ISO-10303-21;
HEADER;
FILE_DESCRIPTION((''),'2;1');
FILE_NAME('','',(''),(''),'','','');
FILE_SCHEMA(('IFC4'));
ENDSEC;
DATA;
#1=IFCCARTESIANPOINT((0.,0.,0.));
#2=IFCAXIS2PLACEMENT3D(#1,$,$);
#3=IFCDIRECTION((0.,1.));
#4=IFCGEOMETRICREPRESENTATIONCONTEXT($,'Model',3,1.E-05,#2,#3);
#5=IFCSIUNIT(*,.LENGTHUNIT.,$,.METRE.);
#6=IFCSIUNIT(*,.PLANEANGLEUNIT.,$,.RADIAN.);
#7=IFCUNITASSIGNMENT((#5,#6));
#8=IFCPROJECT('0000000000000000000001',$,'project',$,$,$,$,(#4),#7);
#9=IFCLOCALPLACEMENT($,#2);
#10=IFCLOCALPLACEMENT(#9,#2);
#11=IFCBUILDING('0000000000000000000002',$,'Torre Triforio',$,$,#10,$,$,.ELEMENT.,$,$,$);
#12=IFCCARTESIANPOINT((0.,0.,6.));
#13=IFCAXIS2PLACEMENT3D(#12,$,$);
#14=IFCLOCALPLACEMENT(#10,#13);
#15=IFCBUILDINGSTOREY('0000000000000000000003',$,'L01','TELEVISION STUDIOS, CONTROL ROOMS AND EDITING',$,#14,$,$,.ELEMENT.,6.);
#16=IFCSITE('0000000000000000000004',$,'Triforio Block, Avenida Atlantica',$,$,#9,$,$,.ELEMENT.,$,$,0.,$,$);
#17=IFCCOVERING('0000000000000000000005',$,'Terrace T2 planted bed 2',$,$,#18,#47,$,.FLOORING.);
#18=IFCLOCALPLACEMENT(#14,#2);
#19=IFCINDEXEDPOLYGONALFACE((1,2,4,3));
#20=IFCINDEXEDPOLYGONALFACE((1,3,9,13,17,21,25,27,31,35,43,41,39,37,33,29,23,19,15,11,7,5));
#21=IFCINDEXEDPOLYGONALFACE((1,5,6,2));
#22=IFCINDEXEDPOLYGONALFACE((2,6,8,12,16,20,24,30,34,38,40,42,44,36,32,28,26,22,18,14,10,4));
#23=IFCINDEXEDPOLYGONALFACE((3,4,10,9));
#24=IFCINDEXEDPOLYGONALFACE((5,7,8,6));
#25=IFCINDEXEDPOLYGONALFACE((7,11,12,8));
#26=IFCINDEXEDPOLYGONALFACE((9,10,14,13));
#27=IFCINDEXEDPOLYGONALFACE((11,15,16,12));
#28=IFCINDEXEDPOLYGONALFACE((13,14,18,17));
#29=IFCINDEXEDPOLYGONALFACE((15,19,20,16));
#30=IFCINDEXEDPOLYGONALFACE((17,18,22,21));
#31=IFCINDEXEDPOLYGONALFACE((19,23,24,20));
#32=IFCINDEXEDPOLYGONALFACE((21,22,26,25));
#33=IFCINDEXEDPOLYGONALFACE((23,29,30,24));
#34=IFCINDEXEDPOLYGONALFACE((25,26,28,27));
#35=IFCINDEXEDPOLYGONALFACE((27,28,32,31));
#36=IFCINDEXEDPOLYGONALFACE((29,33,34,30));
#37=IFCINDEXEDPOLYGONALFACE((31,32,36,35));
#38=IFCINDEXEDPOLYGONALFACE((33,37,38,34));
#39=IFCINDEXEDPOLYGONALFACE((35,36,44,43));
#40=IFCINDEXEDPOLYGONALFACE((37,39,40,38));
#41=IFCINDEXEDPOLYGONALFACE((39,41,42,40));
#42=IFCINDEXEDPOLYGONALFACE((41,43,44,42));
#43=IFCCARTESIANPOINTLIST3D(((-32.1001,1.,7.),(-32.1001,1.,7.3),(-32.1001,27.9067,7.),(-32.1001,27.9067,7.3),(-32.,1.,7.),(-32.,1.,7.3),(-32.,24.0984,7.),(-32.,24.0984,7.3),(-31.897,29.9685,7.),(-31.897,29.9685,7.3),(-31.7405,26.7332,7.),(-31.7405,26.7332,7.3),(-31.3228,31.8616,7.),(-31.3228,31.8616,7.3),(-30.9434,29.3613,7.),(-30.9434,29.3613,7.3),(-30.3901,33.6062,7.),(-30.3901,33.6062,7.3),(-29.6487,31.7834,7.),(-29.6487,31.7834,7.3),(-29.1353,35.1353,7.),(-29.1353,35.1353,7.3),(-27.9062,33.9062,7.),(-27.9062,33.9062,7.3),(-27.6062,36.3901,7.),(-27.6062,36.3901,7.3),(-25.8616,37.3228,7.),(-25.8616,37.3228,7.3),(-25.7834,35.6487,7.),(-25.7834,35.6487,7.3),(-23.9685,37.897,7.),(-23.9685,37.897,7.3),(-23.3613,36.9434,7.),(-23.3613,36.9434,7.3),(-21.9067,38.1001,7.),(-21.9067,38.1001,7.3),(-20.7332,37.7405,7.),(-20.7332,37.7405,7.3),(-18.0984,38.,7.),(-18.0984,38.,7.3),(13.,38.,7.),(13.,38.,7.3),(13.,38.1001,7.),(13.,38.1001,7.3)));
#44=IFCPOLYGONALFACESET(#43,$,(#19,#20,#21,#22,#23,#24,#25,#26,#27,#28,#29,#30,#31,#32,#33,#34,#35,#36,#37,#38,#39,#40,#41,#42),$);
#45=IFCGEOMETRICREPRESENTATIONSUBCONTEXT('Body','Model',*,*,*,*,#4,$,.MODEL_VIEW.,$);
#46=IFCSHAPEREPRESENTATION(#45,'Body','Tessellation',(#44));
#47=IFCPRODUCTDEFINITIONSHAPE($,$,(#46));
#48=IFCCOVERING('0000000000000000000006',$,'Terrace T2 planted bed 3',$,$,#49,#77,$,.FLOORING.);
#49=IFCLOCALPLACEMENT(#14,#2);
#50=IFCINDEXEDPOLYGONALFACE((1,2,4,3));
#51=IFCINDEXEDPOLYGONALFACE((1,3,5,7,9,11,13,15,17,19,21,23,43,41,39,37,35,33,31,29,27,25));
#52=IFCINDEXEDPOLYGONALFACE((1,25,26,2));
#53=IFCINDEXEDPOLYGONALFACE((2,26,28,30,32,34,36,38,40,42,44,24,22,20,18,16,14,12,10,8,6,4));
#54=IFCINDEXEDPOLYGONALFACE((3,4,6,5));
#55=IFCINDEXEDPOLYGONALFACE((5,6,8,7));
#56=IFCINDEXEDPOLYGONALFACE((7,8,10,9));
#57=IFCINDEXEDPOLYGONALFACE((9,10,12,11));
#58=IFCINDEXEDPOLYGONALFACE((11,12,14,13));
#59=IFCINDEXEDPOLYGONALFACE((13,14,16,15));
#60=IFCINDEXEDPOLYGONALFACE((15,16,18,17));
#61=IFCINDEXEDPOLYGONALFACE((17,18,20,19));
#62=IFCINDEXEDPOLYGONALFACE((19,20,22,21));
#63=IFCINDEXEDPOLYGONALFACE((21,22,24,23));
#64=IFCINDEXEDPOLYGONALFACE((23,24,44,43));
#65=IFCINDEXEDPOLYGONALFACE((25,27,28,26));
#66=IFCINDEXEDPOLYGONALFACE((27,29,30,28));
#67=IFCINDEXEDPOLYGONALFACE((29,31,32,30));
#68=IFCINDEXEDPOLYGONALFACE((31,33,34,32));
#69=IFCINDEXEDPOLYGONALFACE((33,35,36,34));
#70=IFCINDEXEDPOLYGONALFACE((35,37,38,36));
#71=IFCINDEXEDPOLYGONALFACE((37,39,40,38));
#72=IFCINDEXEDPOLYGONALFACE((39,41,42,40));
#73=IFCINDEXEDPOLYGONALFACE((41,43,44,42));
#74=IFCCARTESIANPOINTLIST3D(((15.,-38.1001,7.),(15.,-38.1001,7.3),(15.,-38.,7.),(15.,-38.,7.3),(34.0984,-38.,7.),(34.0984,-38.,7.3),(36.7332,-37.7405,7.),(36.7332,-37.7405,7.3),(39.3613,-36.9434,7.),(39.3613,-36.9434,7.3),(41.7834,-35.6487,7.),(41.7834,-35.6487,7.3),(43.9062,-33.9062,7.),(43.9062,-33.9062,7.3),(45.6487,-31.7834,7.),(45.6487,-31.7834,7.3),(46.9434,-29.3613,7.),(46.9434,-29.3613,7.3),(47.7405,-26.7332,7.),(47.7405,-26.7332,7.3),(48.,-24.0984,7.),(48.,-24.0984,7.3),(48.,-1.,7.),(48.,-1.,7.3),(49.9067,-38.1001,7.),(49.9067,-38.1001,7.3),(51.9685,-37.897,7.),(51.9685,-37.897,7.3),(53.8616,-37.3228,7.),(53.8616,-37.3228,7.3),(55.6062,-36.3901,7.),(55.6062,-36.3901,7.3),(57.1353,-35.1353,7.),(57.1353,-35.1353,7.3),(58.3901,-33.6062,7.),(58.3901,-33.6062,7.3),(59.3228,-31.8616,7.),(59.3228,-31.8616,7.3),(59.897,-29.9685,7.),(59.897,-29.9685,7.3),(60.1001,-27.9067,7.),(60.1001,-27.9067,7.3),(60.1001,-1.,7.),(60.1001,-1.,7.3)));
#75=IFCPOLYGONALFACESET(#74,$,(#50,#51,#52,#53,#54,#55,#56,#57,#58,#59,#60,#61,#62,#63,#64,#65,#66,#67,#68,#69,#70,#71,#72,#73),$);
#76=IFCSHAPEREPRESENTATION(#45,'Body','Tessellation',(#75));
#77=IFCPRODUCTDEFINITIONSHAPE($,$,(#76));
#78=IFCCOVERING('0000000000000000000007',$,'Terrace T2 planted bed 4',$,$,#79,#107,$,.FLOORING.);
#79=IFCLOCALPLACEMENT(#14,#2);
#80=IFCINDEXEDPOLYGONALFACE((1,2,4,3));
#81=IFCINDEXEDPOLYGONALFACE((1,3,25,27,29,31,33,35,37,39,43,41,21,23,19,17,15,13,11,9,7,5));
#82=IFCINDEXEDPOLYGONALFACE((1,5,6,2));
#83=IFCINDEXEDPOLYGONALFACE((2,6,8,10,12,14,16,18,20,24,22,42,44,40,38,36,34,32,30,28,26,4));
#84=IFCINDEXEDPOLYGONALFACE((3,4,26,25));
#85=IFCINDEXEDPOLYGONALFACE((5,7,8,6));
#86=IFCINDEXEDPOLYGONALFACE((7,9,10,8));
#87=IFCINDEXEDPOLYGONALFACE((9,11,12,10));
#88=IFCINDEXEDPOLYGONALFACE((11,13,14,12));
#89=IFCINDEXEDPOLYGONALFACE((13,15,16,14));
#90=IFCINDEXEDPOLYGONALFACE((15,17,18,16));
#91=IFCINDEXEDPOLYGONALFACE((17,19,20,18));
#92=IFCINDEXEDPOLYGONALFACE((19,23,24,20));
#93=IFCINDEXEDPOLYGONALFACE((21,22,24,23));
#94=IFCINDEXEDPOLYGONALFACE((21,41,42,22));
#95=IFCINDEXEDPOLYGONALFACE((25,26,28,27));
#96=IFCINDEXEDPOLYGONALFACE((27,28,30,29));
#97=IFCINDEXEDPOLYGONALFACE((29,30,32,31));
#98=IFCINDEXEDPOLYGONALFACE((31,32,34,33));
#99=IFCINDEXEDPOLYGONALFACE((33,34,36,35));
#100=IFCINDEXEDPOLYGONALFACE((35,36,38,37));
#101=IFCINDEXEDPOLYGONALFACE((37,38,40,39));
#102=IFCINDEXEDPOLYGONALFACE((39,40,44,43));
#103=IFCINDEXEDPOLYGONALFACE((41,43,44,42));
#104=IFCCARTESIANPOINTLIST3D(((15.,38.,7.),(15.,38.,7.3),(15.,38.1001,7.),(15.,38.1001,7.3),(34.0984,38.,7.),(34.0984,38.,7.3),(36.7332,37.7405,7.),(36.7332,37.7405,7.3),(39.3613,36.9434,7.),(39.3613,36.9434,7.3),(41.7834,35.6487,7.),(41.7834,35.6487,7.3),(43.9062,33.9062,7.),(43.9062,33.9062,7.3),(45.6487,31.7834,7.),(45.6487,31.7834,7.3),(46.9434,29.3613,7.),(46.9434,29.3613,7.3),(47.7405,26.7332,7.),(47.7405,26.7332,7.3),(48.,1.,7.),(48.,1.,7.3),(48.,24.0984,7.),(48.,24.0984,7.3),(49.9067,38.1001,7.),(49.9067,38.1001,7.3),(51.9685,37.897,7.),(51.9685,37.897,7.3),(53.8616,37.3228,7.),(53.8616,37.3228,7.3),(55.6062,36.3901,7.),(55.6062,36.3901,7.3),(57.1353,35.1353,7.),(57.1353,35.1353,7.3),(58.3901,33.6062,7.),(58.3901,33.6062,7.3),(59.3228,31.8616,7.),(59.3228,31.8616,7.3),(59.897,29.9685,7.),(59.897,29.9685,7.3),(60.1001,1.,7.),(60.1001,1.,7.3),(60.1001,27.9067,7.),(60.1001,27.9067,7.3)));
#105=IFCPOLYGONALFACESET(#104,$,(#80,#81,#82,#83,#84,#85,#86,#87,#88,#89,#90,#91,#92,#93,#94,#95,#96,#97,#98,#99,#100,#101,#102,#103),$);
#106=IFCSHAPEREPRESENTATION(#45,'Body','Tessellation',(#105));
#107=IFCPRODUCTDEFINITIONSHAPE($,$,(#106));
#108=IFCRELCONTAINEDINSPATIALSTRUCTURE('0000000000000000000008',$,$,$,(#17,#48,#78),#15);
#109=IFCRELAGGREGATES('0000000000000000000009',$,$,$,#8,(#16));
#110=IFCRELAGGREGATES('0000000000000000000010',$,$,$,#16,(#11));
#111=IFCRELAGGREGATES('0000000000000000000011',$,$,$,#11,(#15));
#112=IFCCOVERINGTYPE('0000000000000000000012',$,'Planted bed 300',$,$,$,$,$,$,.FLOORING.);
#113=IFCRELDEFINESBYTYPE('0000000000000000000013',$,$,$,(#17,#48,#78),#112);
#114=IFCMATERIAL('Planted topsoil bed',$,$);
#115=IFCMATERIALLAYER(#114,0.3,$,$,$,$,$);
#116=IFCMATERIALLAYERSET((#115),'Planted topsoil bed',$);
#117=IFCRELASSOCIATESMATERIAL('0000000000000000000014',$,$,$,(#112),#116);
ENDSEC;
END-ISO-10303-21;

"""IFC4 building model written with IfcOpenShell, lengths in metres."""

from ifc_helpers import new_model, si_unit, direction, frame, origin, place, context, subcontext, project, spatial, polyline, outline, extrude, material, layer, layer_set, type_object, element, save


model = new_model("IFC4")

# Units and contexts
model_context = context("Model", 3, precision=1e-05, world=origin(), true_north=direction((0.0, 1.0)))
body_context = subcontext(model_context, "Body", "Model", "MODEL_VIEW")
ifc_project = project(units=[si_unit("LENGTHUNIT", "METRE"), si_unit("PLANEANGLEUNIT", "RADIAN")], contexts=[model_context])

# Site, building, storey
site_placement = place(None, origin())
site = spatial("IfcSite", under=ifc_project, at=site_placement, Name="Triforio Block, Avenida Atlantica", CompositionType="ELEMENT", RefElevation=0.0)
building_placement = place(site_placement, origin())
building = spatial("IfcBuilding", under=site, at=building_placement, Name="Torre Triforio", CompositionType="ELEMENT")
storey_placement = place(building_placement, frame((0.0, 0.0, 6.0)))
storey = spatial("IfcBuildingStorey", under=building, at=storey_placement, Name="L01", Description="TELEVISION STUDIOS, CONTROL ROOMS AND EDITING", CompositionType="ELEMENT", Elevation=6.0)

# Coverings
ifc_material_1 = material(Name="Planted topsoil bed")
ifc_layer_1 = layer(ifc_material_1, 0.3)
ifc_layer_set_1 = layer_set([ifc_layer_1], Name="Planted topsoil bed")
covering_type = type_object("IfcCoveringType", Name="Planted bed 300", PredefinedType="FLOORING", material=ifc_layer_set_1)
covering_1_placement = place(storey_placement, frame((0.0, 0.0, 7.0)))
element("IfcCovering", 1, at=covering_1_placement, inside=storey, type_object=covering_type, Name="Terrace T2 planted bed 2", PredefinedType="FLOORING", context=body_context, shape_type="SweptSolid", body=[
    extrude(outline(polyline([(-31.897, 29.9685), (-31.3228, 31.8616), (-30.3901, 33.6062), (-29.1353, 35.1353), (-27.6062, 36.3901), (-25.8616, 37.3228), (-23.9685, 37.897), (-21.9067, 38.1001), (13.0, 38.1001), (13.0, 38.0), (-18.0984, 38.0), (-20.7332, 37.7405), (-23.3613, 36.9434), (-25.7834, 35.6487), (-27.9062, 33.9062), (-29.6487, 31.7834), (-30.9434, 29.3613), (-31.7405, 26.7332), (-32.0, 24.0984), (-32.0, 1.0), (-32.1001, 1.0), (-32.1001, 27.9067), (-31.897, 29.9685)])), origin(), (0.0, 0.0, 1.0), 0.3),
])
covering_2_placement = place(storey_placement, frame((0.0, 0.0, 7.0)))
element("IfcCovering", 2, at=covering_2_placement, inside=storey, type_object=covering_type, Name="Terrace T2 planted bed 3", PredefinedType="FLOORING", context=body_context, shape_type="SweptSolid", body=[
    extrude(outline(polyline([(34.0984, -38.0), (36.7332, -37.7405), (39.3613, -36.9434), (41.7834, -35.6487), (43.9062, -33.9062), (45.6487, -31.7834), (46.9434, -29.3613), (47.7405, -26.7332), (48.0, -24.0984), (48.0, -1.0), (60.1001, -1.0), (60.1001, -27.9067), (59.897, -29.9685), (59.3228, -31.8616), (58.3901, -33.6062), (57.1353, -35.1353), (55.6062, -36.3901), (53.8616, -37.3228), (51.9685, -37.897), (49.9067, -38.1001), (15.0, -38.1001), (15.0, -38.0), (34.0984, -38.0)])), origin(), (0.0, 0.0, 1.0), 0.3),
])
covering_3_placement = place(storey_placement, frame((0.0, 0.0, 7.0)))
element("IfcCovering", 3, at=covering_3_placement, inside=storey, type_object=covering_type, Name="Terrace T2 planted bed 4", PredefinedType="FLOORING", context=body_context, shape_type="SweptSolid", body=[
    extrude(outline(polyline([(49.9067, 38.1001), (51.9685, 37.897), (53.8616, 37.3228), (55.6062, 36.3901), (57.1353, 35.1353), (58.3901, 33.6062), (59.3228, 31.8616), (59.897, 29.9685), (60.1001, 27.9067), (60.1001, 1.0), (48.0, 1.0), (48.0, 24.0984), (47.7405, 26.7332), (46.9434, 29.3613), (45.6487, 31.7834), (43.9062, 33.9062), (41.7834, 35.6487), (39.3613, 36.9434), (36.7332, 37.7405), (34.0984, 38.0), (15.0, 38.0), (15.0, 38.1001), (49.9067, 38.1001)])), origin(), (0.0, 0.0, 1.0), 0.3),
])

save(model, "model.ifc")
